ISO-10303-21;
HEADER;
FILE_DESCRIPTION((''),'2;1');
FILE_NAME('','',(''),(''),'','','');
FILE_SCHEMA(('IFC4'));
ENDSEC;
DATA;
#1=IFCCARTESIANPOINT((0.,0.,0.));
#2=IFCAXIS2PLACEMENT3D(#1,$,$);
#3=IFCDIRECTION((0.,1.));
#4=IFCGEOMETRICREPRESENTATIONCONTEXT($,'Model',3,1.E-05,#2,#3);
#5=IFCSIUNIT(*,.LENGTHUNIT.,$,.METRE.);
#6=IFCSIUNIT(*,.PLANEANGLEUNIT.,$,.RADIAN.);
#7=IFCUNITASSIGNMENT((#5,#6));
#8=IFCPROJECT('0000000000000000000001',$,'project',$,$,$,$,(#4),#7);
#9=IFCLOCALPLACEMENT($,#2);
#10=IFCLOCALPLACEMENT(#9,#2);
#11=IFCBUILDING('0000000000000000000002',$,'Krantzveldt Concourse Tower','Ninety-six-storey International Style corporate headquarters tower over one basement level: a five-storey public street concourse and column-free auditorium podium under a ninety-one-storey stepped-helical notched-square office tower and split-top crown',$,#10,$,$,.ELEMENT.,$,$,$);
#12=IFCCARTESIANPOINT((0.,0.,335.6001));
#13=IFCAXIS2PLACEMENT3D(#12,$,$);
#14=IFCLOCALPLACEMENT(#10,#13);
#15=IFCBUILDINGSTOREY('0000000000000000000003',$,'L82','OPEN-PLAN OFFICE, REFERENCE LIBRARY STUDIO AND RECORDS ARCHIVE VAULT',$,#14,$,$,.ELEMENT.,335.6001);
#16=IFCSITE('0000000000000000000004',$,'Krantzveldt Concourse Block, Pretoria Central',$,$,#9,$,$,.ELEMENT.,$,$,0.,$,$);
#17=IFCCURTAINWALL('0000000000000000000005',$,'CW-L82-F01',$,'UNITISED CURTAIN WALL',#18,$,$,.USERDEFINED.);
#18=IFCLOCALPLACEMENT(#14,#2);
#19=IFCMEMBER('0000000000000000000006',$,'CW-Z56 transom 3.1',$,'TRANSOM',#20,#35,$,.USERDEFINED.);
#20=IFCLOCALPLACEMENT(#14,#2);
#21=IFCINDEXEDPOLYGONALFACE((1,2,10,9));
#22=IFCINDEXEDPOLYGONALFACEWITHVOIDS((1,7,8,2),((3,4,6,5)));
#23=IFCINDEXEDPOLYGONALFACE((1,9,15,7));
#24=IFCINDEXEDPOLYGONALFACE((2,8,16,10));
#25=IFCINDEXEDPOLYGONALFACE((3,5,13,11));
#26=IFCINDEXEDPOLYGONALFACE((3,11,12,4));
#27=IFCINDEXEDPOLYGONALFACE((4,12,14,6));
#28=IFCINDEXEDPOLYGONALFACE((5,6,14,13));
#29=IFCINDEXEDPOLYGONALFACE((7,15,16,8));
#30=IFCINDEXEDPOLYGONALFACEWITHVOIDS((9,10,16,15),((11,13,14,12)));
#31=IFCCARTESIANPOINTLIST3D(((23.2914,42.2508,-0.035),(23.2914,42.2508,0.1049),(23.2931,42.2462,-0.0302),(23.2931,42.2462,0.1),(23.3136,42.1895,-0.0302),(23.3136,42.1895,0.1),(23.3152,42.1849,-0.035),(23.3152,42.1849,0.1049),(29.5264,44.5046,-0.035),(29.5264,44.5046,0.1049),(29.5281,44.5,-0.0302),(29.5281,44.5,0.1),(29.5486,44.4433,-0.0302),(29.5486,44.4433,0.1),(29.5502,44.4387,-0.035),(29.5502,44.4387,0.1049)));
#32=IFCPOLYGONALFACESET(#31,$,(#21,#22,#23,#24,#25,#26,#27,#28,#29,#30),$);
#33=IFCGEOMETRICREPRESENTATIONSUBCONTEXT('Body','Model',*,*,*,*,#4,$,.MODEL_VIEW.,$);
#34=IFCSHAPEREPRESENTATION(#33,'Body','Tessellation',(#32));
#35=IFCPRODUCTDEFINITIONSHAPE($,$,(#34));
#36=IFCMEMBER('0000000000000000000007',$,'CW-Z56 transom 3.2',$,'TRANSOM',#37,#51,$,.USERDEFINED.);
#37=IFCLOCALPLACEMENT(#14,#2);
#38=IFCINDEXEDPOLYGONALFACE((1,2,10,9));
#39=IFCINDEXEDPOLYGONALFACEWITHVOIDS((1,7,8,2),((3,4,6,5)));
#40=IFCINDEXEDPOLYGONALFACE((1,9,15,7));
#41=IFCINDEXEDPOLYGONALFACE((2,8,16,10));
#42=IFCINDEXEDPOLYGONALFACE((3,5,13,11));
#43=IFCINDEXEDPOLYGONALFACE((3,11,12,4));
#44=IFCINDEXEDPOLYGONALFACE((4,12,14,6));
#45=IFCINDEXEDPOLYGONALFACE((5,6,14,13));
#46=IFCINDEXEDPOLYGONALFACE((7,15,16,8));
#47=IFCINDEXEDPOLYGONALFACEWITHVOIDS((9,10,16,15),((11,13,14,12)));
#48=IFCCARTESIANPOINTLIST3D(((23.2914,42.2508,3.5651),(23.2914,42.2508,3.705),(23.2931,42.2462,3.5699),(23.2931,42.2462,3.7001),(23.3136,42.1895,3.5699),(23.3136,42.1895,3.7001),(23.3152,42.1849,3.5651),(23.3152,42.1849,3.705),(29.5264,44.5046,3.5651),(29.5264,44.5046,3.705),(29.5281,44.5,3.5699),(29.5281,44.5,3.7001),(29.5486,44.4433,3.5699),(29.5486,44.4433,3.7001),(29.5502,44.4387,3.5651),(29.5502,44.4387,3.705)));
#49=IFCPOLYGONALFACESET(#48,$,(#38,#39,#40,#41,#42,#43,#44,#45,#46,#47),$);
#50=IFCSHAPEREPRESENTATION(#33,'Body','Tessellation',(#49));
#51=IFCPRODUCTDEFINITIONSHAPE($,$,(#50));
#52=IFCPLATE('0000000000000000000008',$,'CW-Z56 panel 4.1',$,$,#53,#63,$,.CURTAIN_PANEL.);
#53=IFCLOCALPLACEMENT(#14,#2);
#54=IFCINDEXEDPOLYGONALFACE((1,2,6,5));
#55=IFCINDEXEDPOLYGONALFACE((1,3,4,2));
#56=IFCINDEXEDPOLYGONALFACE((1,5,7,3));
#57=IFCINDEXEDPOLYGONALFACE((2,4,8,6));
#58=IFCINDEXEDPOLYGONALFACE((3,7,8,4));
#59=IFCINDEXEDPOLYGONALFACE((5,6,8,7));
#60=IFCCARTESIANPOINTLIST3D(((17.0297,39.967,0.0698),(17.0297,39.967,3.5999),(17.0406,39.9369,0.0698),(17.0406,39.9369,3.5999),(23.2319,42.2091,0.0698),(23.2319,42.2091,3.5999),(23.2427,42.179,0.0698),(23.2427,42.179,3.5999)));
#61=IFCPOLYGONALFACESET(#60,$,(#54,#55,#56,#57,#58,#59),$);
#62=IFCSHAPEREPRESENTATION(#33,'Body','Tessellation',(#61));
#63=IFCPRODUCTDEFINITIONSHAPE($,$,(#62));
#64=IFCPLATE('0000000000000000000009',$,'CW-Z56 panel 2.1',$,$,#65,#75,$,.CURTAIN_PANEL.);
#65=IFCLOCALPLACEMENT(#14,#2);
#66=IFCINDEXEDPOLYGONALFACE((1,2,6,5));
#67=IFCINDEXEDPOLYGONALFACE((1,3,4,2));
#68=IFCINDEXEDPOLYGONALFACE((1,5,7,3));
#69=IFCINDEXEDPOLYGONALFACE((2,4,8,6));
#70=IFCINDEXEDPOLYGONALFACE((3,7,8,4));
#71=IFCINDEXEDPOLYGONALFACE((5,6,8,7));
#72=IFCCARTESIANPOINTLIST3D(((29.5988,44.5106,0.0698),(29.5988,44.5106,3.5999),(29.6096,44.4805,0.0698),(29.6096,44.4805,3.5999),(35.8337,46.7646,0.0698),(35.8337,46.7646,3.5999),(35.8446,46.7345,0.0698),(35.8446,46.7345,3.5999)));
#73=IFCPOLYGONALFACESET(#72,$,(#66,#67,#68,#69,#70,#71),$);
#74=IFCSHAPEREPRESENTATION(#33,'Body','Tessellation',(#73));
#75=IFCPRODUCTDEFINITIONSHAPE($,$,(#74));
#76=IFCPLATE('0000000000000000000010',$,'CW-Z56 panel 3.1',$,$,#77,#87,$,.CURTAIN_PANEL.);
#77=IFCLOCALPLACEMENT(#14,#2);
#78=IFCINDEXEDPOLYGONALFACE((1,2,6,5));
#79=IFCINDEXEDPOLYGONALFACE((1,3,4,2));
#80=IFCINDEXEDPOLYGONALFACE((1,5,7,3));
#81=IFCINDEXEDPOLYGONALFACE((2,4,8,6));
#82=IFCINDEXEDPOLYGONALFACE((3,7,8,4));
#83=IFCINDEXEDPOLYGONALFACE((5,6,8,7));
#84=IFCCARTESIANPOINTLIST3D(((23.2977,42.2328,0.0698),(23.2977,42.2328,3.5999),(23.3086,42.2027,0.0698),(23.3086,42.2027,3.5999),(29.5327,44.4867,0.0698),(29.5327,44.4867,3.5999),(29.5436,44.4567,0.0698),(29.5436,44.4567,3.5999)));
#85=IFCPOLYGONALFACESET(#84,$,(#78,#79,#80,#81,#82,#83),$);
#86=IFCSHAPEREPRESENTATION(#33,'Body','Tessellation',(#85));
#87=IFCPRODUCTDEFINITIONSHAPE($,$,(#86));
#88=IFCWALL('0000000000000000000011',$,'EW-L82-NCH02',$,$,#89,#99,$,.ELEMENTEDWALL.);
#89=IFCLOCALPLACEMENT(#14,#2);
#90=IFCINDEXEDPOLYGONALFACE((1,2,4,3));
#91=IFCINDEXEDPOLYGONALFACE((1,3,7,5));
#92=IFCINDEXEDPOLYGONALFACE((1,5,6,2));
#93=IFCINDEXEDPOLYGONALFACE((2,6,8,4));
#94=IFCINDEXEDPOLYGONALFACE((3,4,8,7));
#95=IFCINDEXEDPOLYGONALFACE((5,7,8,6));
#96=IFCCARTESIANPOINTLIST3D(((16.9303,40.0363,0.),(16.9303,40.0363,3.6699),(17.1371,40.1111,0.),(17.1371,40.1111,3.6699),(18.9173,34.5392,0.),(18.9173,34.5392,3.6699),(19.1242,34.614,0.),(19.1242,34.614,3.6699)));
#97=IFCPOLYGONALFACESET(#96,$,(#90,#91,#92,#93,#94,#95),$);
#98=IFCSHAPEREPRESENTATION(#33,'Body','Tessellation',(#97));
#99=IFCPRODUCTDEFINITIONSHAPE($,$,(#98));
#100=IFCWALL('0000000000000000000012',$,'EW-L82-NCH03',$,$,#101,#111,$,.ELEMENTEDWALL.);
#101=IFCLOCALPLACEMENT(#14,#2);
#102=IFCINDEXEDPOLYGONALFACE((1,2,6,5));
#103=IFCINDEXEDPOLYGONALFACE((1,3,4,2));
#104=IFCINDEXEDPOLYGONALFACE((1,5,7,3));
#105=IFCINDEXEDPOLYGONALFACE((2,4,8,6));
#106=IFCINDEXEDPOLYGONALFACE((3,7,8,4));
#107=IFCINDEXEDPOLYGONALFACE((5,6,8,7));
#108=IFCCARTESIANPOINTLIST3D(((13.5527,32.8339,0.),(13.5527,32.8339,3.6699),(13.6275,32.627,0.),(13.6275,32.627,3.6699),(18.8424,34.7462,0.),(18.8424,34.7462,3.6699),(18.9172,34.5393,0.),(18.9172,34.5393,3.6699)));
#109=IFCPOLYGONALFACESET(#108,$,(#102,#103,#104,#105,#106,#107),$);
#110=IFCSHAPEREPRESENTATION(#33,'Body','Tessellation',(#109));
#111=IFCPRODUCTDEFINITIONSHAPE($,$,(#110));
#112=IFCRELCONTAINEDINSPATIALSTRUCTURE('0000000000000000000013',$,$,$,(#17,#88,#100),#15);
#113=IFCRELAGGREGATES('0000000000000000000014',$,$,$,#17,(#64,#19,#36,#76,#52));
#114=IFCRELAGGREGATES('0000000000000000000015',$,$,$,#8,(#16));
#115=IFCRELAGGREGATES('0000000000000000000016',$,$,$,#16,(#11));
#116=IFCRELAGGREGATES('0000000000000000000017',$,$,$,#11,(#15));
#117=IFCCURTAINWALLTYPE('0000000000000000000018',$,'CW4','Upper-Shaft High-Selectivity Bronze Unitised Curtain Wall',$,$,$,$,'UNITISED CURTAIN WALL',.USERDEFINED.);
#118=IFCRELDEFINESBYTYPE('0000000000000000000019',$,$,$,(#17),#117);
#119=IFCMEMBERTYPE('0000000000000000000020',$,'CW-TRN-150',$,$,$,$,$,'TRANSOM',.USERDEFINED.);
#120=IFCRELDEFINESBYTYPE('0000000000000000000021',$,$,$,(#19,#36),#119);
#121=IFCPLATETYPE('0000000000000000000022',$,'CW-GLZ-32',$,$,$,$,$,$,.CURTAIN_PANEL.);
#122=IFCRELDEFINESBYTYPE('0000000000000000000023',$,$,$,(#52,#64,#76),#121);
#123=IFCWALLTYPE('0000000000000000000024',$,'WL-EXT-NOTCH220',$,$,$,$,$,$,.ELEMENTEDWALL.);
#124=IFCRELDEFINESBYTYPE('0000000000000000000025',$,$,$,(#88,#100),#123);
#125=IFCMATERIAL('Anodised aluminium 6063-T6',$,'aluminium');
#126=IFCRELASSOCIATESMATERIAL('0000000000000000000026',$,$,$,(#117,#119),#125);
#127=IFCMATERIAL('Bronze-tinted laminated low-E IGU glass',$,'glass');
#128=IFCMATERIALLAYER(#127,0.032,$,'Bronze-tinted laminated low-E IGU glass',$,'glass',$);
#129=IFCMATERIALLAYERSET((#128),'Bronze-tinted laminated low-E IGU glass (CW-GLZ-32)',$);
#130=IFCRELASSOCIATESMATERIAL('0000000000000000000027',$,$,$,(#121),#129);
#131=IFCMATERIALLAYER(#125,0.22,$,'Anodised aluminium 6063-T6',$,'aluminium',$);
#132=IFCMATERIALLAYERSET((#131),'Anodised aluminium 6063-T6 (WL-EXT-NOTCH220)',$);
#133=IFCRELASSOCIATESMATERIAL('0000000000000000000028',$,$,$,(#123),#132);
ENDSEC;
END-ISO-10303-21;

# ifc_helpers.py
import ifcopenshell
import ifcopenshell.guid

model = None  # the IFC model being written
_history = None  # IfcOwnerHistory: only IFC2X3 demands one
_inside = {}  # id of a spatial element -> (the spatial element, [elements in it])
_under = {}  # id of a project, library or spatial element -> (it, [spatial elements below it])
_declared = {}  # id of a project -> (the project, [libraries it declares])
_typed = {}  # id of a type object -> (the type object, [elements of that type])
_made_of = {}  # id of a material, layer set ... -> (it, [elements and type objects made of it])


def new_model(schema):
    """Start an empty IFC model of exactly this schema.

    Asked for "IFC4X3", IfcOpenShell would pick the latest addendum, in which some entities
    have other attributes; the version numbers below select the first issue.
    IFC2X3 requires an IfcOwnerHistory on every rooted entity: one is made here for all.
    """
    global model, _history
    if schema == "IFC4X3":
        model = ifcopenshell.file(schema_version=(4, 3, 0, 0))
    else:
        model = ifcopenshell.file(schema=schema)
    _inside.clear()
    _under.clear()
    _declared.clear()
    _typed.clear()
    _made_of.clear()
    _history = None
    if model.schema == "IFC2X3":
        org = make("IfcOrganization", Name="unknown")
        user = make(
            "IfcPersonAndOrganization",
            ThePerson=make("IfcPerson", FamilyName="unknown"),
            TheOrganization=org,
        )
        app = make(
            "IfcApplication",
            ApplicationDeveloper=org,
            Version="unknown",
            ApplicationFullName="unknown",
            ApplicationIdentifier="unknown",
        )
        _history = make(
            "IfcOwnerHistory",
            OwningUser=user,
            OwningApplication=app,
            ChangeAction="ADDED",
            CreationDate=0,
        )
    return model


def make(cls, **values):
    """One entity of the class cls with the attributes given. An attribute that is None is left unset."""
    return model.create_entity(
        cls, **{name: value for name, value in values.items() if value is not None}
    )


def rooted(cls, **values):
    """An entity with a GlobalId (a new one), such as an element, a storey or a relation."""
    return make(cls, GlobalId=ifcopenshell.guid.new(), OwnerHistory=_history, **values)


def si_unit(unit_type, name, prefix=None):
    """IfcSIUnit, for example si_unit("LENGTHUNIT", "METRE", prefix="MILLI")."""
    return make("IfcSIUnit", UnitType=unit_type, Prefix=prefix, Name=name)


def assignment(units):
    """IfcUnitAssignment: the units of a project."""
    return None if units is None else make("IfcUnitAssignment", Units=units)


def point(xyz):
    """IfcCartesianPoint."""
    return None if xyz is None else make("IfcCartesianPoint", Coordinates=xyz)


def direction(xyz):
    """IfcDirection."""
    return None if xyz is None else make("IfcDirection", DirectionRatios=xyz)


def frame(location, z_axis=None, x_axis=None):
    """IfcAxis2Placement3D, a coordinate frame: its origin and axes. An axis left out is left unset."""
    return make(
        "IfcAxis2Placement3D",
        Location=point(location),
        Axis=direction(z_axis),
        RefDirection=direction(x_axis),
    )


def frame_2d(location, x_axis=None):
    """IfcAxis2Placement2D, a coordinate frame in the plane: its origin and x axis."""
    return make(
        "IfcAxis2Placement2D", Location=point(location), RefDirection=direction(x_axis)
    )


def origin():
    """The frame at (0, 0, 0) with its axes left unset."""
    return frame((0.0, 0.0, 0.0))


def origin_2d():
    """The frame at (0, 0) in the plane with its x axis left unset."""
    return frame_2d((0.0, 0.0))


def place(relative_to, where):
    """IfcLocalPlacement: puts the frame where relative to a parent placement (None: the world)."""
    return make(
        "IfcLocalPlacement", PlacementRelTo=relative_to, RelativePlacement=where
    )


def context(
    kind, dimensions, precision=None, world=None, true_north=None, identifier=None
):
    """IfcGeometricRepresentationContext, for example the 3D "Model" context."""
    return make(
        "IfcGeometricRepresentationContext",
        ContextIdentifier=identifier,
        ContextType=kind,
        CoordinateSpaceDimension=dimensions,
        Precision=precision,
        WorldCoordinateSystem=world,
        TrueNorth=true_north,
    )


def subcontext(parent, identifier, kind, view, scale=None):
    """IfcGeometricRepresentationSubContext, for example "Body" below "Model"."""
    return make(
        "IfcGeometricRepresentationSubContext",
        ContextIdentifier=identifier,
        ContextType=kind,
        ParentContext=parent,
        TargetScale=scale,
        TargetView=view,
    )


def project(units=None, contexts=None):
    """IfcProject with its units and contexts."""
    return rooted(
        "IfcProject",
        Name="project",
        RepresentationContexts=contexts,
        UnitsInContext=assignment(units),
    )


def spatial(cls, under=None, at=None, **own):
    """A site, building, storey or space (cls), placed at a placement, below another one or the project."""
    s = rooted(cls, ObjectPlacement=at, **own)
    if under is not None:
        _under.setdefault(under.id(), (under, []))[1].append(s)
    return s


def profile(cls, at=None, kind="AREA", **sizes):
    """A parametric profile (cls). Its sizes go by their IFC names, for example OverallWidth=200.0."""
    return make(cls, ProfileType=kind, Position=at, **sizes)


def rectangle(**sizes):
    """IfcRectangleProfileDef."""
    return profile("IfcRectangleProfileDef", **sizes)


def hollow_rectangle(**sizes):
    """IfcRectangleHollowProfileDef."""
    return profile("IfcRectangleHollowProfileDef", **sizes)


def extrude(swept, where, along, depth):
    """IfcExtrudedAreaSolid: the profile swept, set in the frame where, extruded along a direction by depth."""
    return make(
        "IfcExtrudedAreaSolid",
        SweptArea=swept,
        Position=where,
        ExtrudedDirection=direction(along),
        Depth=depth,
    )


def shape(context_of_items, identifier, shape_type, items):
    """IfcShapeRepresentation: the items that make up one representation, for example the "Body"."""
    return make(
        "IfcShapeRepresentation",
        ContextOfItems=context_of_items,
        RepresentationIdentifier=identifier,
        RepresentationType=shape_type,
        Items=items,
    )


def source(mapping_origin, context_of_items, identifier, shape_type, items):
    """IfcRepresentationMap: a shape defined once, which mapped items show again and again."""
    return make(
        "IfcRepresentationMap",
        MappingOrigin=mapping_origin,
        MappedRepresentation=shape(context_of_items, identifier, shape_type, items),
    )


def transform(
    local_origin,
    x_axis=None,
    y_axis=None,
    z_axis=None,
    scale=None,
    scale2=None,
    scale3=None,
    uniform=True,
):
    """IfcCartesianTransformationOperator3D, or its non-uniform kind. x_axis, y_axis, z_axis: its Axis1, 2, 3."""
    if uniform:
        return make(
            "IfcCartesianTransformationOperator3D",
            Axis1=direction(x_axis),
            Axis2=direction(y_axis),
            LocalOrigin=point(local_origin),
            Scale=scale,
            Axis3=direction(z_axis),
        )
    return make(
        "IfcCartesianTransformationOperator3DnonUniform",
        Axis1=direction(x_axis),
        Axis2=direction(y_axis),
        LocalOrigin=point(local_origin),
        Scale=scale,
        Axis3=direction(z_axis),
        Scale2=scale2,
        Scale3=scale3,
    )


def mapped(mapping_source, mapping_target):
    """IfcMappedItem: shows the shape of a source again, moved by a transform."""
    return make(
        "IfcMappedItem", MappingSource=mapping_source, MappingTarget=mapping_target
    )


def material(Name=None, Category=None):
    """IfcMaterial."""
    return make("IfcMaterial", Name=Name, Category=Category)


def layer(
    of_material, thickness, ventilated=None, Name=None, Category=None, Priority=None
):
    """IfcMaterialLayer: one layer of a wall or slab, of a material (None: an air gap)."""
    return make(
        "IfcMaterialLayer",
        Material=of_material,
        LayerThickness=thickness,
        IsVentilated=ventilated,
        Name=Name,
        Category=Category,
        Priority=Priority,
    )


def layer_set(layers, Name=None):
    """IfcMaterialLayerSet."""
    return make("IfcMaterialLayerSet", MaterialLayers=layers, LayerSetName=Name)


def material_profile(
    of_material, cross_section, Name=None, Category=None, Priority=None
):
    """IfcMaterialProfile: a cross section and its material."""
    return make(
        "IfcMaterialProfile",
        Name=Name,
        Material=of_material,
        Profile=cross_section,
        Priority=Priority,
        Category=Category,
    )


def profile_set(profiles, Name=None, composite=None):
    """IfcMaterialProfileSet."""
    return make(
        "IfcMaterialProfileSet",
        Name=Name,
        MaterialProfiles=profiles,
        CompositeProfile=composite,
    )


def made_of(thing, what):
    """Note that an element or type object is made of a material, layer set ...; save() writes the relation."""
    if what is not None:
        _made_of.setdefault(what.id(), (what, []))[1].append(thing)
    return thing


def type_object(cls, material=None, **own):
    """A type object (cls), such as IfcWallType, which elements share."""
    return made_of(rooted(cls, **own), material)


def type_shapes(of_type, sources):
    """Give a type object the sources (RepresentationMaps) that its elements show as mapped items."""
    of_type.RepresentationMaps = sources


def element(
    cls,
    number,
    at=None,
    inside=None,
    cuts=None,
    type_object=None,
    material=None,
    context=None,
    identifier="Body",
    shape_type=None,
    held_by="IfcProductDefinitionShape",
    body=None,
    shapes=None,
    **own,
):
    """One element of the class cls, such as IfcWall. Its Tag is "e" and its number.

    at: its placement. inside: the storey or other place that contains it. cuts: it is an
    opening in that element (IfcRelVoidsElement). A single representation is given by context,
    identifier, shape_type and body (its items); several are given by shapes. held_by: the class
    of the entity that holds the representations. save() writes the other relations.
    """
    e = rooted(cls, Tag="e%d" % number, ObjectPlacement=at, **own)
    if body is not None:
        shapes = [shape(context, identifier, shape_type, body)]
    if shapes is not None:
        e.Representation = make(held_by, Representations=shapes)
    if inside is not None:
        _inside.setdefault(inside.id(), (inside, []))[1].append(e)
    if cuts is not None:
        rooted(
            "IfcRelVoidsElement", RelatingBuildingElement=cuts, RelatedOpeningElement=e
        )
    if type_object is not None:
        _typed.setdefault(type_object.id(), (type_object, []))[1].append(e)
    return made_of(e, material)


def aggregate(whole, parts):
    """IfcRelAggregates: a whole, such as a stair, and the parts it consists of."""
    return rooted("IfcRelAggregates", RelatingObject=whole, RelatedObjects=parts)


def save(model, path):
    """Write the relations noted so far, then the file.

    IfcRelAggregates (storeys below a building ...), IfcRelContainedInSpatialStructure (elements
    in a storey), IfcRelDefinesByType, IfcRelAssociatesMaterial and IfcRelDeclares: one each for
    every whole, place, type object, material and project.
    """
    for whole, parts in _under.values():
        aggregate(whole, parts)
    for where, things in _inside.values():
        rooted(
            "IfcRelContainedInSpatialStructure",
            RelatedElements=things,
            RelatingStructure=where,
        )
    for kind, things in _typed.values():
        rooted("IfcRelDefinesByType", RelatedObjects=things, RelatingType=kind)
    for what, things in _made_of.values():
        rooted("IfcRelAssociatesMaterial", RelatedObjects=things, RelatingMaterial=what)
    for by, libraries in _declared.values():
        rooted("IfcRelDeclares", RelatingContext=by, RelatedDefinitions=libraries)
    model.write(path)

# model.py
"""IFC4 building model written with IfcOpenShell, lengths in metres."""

from ifc_helpers import new_model, si_unit, direction, frame, frame_2d, origin, origin_2d, place, context, subcontext, project, spatial, rectangle, hollow_rectangle, extrude, source, transform, mapped, material, layer, layer_set, material_profile, profile_set, type_object, type_shapes, element, aggregate, save


model = new_model("IFC4")

# Units and contexts
model_context = context("Model", 3, precision=1e-05, world=origin(), true_north=direction((0.0, 1.0)))
body_context = subcontext(model_context, "Body", "Model", "MODEL_VIEW")
ifc_project = project(units=[si_unit("LENGTHUNIT", "METRE"), si_unit("PLANEANGLEUNIT", "RADIAN")], contexts=[model_context])

# Site, building, storey
site_placement = place(None, origin())
site = spatial("IfcSite", under=ifc_project, at=site_placement, Name="Krantzveldt Concourse Block, Pretoria Central", CompositionType="ELEMENT", RefElevation=0.0)
building_placement = place(site_placement, origin())
building = spatial("IfcBuilding", under=site, at=building_placement, Name="Krantzveldt Concourse Tower", Description="Ninety-six-storey International Style corporate headquarters tower over one basement level: a five-storey public street concourse and column-free auditorium podium under a ninety-one-storey stepped-helical notched-square office tower and split-top crown", CompositionType="ELEMENT")
storey_placement = place(building_placement, frame((0.0, 0.0, 335.6001)))
storey = spatial("IfcBuildingStorey", under=building, at=storey_placement, Name="L82", Description="OPEN-PLAN OFFICE, REFERENCE LIBRARY STUDIO AND RECORDS ARCHIVE VAULT", CompositionType="ELEMENT", Elevation=335.6001)

# Curtain wall, members, plates
ifc_material_1 = material(Name="Anodised aluminium 6063-T6", Category="aluminium")
curtain_wall_type = type_object("IfcCurtainWallType", Name="CW4", Description="Upper-Shaft High-Selectivity Bronze Unitised Curtain Wall", ElementType="UNITISED CURTAIN WALL", PredefinedType="USERDEFINED", material=ifc_material_1)
curtain_wall_placement = place(storey_placement, origin())
curtain_wall = element("IfcCurtainWall", 1, at=curtain_wall_placement, inside=storey, type_object=curtain_wall_type, Name="CW-L82-F01", ObjectType="UNITISED CURTAIN WALL", PredefinedType="USERDEFINED")
ifc_material_profile_1 = material_profile(ifc_material_1, hollow_rectangle(XDim=0.0701, YDim=0.1399, WallThickness=0.0049, at=origin_2d()), Name="Anodised aluminium 6063-T6", Category="aluminium")
ifc_profile_set_1 = profile_set([ifc_material_profile_1], Name="Anodised aluminium 6063-T6 - ALU-TRAN 140x70x5")
member_type_1 = type_object("IfcMemberType", Name="CW-TRN-150", ElementType="TRANSOM", PredefinedType="USERDEFINED", material=ifc_profile_set_1)
shared_shape_1 = source(origin(), body_context, "Body", "SweptSolid", [
    extrude(hollow_rectangle(XDim=0.0701, YDim=0.1399, WallThickness=0.0049, at=origin_2d()), origin(), (0.0, 0.0, 1.0), 6.6299),
])
member_1_placement = place(storey_placement, frame((29.5383, 44.4717, 0.0349), z_axis=(-0.940441, -0.339957, 0.0), x_axis=(0.339957, -0.940441, 0.0)))
member_1 = element("IfcMember", 2, at=member_1_placement, type_object=member_type_1, Name="CW-Z56 transom 3.1", ObjectType="TRANSOM", PredefinedType="USERDEFINED", context=body_context, shape_type="MappedRepresentation", body=[
    mapped(shared_shape_1, transform((0.0, 0.0, 0.0), x_axis=(1.0, 0.0, 0.0), y_axis=(0.0, 1.0, 0.0), z_axis=(0.0, 0.0, 1.0), scale=1.0)),
])
member_2_placement = place(storey_placement, frame((29.5383, 44.4717, 3.635), z_axis=(-0.940441, -0.339957, 0.0), x_axis=(0.339957, -0.940441, 0.0)))
member_2 = element("IfcMember", 3, at=member_2_placement, type_object=member_type_1, Name="CW-Z56 transom 3.2", ObjectType="TRANSOM", PredefinedType="USERDEFINED", context=body_context, shape_type="MappedRepresentation", body=[
    mapped(shared_shape_1, transform((0.0, 0.0, 0.0), x_axis=(1.0, 0.0, 0.0), y_axis=(0.0, 1.0, 0.0), z_axis=(0.0, 0.0, 1.0), scale=1.0)),
])
ifc_material_2 = material(Name="Bronze-tinted laminated low-E IGU glass", Category="glass")
ifc_layer_1 = layer(ifc_material_2, 0.032, Name="Bronze-tinted laminated low-E IGU glass", Category="glass")
ifc_layer_set_1 = layer_set([ifc_layer_1], Name="Bronze-tinted laminated low-E IGU glass (CW-GLZ-32)")
plate_type = type_object("IfcPlateType", Name="CW-GLZ-32", PredefinedType="CURTAIN_PANEL", material=ifc_layer_set_1)
shared_shape_2 = source(origin(), body_context, "Body", "SweptSolid", [
    extrude(rectangle(XDim=6.595, YDim=0.032, at=origin_2d()), origin(), (0.0, 0.0, 1.0), 3.53),
])
plate_1_placement = place(storey_placement, frame((20.1362, 41.073, 0.0698), z_axis=(0.0, 0.0, 1.0), x_axis=(-0.940437, -0.339969, 0.0)))
plate_1 = element("IfcPlate", 4, at=plate_1_placement, type_object=plate_type, Name="CW-Z56 panel 4.1", PredefinedType="CURTAIN_PANEL", context=body_context, shape_type="MappedRepresentation", body=[
    mapped(shared_shape_2, transform((0.0, 0.0, 0.0), x_axis=(1.0, 0.0, 0.0), y_axis=(0.0, 1.0, 0.0), z_axis=(0.0, 0.0, 1.0), scale=1.0)),
])
shared_shape_3 = source(origin(), body_context, "Body", "SweptSolid", [
    extrude(rectangle(XDim=6.6299, YDim=0.032, at=origin_2d()), origin(), (0.0, 0.0, 1.0), 3.53),
])
type_shapes(plate_type, [shared_shape_2, shared_shape_3])
plate_2_placement = place(storey_placement, frame((32.7217, 45.6226, 0.0698), z_axis=(0.0, 0.0, 1.0), x_axis=(-0.940437, -0.339969, 0.0)))
plate_2 = element("IfcPlate", 5, at=plate_2_placement, type_object=plate_type, Name="CW-Z56 panel 2.1", PredefinedType="CURTAIN_PANEL", context=body_context, shape_type="MappedRepresentation", body=[
    mapped(shared_shape_3, transform((0.0, 0.0, 0.0), x_axis=(1.0, 0.0, 0.0), y_axis=(0.0, 1.0, 0.0), z_axis=(0.0, 0.0, 1.0), scale=1.0)),
])
plate_3_placement = place(storey_placement, frame((26.4207, 43.3447, 0.0698), z_axis=(0.0, 0.0, 1.0), x_axis=(-0.940437, -0.339969, 0.0)))
plate_3 = element("IfcPlate", 6, at=plate_3_placement, type_object=plate_type, Name="CW-Z56 panel 3.1", PredefinedType="CURTAIN_PANEL", context=body_context, shape_type="MappedRepresentation", body=[
    mapped(shared_shape_3, transform((0.0, 0.0, 0.0), x_axis=(1.0, 0.0, 0.0), y_axis=(0.0, 1.0, 0.0), z_axis=(0.0, 0.0, 1.0), scale=1.0)),
])
aggregate(curtain_wall, [plate_2, member_1, member_2, plate_3, plate_1])

# Walls
ifc_layer_2 = layer(ifc_material_1, 0.22, Name="Anodised aluminium 6063-T6", Category="aluminium")
ifc_layer_set_2 = layer_set([ifc_layer_2], Name="Anodised aluminium 6063-T6 (WL-EXT-NOTCH220)")
wall_type = type_object("IfcWallType", Name="WL-EXT-NOTCH220", PredefinedType="ELEMENTEDWALL", material=ifc_layer_set_2)
wall_1_placement = place(storey_placement, frame((17.0337, 40.0737, 0.0), z_axis=(0.0, 0.0, 1.0), x_axis=(0.339948, -0.940444, 0.0)))
element("IfcWall", 7, at=wall_1_placement, inside=storey, type_object=wall_type, Name="EW-L82-NCH02", PredefinedType="ELEMENTEDWALL", context=body_context, shape_type="SweptSolid", body=[
    extrude(rectangle(XDim=5.8452, YDim=0.22, at=frame_2d((2.9226, 0.0))), origin(), (0.0, 0.0, 1.0), 3.6699),
])
wall_2_placement = place(storey_placement, frame((18.8799, 34.6428, 0.0), z_axis=(0.0, 0.0, 1.0), x_axis=(-0.940432, -0.339983, 0.0)))
element("IfcWall", 8, at=wall_2_placement, inside=storey, type_object=wall_type, Name="EW-L82-NCH03", PredefinedType="ELEMENTEDWALL", context=body_context, shape_type="SweptSolid", body=[
    extrude(rectangle(XDim=5.6248, YDim=0.22, at=frame_2d((2.8125, 0.0))), origin(), (0.0, 0.0, 1.0), 3.6699),
])

save(model, "model.ifc")
